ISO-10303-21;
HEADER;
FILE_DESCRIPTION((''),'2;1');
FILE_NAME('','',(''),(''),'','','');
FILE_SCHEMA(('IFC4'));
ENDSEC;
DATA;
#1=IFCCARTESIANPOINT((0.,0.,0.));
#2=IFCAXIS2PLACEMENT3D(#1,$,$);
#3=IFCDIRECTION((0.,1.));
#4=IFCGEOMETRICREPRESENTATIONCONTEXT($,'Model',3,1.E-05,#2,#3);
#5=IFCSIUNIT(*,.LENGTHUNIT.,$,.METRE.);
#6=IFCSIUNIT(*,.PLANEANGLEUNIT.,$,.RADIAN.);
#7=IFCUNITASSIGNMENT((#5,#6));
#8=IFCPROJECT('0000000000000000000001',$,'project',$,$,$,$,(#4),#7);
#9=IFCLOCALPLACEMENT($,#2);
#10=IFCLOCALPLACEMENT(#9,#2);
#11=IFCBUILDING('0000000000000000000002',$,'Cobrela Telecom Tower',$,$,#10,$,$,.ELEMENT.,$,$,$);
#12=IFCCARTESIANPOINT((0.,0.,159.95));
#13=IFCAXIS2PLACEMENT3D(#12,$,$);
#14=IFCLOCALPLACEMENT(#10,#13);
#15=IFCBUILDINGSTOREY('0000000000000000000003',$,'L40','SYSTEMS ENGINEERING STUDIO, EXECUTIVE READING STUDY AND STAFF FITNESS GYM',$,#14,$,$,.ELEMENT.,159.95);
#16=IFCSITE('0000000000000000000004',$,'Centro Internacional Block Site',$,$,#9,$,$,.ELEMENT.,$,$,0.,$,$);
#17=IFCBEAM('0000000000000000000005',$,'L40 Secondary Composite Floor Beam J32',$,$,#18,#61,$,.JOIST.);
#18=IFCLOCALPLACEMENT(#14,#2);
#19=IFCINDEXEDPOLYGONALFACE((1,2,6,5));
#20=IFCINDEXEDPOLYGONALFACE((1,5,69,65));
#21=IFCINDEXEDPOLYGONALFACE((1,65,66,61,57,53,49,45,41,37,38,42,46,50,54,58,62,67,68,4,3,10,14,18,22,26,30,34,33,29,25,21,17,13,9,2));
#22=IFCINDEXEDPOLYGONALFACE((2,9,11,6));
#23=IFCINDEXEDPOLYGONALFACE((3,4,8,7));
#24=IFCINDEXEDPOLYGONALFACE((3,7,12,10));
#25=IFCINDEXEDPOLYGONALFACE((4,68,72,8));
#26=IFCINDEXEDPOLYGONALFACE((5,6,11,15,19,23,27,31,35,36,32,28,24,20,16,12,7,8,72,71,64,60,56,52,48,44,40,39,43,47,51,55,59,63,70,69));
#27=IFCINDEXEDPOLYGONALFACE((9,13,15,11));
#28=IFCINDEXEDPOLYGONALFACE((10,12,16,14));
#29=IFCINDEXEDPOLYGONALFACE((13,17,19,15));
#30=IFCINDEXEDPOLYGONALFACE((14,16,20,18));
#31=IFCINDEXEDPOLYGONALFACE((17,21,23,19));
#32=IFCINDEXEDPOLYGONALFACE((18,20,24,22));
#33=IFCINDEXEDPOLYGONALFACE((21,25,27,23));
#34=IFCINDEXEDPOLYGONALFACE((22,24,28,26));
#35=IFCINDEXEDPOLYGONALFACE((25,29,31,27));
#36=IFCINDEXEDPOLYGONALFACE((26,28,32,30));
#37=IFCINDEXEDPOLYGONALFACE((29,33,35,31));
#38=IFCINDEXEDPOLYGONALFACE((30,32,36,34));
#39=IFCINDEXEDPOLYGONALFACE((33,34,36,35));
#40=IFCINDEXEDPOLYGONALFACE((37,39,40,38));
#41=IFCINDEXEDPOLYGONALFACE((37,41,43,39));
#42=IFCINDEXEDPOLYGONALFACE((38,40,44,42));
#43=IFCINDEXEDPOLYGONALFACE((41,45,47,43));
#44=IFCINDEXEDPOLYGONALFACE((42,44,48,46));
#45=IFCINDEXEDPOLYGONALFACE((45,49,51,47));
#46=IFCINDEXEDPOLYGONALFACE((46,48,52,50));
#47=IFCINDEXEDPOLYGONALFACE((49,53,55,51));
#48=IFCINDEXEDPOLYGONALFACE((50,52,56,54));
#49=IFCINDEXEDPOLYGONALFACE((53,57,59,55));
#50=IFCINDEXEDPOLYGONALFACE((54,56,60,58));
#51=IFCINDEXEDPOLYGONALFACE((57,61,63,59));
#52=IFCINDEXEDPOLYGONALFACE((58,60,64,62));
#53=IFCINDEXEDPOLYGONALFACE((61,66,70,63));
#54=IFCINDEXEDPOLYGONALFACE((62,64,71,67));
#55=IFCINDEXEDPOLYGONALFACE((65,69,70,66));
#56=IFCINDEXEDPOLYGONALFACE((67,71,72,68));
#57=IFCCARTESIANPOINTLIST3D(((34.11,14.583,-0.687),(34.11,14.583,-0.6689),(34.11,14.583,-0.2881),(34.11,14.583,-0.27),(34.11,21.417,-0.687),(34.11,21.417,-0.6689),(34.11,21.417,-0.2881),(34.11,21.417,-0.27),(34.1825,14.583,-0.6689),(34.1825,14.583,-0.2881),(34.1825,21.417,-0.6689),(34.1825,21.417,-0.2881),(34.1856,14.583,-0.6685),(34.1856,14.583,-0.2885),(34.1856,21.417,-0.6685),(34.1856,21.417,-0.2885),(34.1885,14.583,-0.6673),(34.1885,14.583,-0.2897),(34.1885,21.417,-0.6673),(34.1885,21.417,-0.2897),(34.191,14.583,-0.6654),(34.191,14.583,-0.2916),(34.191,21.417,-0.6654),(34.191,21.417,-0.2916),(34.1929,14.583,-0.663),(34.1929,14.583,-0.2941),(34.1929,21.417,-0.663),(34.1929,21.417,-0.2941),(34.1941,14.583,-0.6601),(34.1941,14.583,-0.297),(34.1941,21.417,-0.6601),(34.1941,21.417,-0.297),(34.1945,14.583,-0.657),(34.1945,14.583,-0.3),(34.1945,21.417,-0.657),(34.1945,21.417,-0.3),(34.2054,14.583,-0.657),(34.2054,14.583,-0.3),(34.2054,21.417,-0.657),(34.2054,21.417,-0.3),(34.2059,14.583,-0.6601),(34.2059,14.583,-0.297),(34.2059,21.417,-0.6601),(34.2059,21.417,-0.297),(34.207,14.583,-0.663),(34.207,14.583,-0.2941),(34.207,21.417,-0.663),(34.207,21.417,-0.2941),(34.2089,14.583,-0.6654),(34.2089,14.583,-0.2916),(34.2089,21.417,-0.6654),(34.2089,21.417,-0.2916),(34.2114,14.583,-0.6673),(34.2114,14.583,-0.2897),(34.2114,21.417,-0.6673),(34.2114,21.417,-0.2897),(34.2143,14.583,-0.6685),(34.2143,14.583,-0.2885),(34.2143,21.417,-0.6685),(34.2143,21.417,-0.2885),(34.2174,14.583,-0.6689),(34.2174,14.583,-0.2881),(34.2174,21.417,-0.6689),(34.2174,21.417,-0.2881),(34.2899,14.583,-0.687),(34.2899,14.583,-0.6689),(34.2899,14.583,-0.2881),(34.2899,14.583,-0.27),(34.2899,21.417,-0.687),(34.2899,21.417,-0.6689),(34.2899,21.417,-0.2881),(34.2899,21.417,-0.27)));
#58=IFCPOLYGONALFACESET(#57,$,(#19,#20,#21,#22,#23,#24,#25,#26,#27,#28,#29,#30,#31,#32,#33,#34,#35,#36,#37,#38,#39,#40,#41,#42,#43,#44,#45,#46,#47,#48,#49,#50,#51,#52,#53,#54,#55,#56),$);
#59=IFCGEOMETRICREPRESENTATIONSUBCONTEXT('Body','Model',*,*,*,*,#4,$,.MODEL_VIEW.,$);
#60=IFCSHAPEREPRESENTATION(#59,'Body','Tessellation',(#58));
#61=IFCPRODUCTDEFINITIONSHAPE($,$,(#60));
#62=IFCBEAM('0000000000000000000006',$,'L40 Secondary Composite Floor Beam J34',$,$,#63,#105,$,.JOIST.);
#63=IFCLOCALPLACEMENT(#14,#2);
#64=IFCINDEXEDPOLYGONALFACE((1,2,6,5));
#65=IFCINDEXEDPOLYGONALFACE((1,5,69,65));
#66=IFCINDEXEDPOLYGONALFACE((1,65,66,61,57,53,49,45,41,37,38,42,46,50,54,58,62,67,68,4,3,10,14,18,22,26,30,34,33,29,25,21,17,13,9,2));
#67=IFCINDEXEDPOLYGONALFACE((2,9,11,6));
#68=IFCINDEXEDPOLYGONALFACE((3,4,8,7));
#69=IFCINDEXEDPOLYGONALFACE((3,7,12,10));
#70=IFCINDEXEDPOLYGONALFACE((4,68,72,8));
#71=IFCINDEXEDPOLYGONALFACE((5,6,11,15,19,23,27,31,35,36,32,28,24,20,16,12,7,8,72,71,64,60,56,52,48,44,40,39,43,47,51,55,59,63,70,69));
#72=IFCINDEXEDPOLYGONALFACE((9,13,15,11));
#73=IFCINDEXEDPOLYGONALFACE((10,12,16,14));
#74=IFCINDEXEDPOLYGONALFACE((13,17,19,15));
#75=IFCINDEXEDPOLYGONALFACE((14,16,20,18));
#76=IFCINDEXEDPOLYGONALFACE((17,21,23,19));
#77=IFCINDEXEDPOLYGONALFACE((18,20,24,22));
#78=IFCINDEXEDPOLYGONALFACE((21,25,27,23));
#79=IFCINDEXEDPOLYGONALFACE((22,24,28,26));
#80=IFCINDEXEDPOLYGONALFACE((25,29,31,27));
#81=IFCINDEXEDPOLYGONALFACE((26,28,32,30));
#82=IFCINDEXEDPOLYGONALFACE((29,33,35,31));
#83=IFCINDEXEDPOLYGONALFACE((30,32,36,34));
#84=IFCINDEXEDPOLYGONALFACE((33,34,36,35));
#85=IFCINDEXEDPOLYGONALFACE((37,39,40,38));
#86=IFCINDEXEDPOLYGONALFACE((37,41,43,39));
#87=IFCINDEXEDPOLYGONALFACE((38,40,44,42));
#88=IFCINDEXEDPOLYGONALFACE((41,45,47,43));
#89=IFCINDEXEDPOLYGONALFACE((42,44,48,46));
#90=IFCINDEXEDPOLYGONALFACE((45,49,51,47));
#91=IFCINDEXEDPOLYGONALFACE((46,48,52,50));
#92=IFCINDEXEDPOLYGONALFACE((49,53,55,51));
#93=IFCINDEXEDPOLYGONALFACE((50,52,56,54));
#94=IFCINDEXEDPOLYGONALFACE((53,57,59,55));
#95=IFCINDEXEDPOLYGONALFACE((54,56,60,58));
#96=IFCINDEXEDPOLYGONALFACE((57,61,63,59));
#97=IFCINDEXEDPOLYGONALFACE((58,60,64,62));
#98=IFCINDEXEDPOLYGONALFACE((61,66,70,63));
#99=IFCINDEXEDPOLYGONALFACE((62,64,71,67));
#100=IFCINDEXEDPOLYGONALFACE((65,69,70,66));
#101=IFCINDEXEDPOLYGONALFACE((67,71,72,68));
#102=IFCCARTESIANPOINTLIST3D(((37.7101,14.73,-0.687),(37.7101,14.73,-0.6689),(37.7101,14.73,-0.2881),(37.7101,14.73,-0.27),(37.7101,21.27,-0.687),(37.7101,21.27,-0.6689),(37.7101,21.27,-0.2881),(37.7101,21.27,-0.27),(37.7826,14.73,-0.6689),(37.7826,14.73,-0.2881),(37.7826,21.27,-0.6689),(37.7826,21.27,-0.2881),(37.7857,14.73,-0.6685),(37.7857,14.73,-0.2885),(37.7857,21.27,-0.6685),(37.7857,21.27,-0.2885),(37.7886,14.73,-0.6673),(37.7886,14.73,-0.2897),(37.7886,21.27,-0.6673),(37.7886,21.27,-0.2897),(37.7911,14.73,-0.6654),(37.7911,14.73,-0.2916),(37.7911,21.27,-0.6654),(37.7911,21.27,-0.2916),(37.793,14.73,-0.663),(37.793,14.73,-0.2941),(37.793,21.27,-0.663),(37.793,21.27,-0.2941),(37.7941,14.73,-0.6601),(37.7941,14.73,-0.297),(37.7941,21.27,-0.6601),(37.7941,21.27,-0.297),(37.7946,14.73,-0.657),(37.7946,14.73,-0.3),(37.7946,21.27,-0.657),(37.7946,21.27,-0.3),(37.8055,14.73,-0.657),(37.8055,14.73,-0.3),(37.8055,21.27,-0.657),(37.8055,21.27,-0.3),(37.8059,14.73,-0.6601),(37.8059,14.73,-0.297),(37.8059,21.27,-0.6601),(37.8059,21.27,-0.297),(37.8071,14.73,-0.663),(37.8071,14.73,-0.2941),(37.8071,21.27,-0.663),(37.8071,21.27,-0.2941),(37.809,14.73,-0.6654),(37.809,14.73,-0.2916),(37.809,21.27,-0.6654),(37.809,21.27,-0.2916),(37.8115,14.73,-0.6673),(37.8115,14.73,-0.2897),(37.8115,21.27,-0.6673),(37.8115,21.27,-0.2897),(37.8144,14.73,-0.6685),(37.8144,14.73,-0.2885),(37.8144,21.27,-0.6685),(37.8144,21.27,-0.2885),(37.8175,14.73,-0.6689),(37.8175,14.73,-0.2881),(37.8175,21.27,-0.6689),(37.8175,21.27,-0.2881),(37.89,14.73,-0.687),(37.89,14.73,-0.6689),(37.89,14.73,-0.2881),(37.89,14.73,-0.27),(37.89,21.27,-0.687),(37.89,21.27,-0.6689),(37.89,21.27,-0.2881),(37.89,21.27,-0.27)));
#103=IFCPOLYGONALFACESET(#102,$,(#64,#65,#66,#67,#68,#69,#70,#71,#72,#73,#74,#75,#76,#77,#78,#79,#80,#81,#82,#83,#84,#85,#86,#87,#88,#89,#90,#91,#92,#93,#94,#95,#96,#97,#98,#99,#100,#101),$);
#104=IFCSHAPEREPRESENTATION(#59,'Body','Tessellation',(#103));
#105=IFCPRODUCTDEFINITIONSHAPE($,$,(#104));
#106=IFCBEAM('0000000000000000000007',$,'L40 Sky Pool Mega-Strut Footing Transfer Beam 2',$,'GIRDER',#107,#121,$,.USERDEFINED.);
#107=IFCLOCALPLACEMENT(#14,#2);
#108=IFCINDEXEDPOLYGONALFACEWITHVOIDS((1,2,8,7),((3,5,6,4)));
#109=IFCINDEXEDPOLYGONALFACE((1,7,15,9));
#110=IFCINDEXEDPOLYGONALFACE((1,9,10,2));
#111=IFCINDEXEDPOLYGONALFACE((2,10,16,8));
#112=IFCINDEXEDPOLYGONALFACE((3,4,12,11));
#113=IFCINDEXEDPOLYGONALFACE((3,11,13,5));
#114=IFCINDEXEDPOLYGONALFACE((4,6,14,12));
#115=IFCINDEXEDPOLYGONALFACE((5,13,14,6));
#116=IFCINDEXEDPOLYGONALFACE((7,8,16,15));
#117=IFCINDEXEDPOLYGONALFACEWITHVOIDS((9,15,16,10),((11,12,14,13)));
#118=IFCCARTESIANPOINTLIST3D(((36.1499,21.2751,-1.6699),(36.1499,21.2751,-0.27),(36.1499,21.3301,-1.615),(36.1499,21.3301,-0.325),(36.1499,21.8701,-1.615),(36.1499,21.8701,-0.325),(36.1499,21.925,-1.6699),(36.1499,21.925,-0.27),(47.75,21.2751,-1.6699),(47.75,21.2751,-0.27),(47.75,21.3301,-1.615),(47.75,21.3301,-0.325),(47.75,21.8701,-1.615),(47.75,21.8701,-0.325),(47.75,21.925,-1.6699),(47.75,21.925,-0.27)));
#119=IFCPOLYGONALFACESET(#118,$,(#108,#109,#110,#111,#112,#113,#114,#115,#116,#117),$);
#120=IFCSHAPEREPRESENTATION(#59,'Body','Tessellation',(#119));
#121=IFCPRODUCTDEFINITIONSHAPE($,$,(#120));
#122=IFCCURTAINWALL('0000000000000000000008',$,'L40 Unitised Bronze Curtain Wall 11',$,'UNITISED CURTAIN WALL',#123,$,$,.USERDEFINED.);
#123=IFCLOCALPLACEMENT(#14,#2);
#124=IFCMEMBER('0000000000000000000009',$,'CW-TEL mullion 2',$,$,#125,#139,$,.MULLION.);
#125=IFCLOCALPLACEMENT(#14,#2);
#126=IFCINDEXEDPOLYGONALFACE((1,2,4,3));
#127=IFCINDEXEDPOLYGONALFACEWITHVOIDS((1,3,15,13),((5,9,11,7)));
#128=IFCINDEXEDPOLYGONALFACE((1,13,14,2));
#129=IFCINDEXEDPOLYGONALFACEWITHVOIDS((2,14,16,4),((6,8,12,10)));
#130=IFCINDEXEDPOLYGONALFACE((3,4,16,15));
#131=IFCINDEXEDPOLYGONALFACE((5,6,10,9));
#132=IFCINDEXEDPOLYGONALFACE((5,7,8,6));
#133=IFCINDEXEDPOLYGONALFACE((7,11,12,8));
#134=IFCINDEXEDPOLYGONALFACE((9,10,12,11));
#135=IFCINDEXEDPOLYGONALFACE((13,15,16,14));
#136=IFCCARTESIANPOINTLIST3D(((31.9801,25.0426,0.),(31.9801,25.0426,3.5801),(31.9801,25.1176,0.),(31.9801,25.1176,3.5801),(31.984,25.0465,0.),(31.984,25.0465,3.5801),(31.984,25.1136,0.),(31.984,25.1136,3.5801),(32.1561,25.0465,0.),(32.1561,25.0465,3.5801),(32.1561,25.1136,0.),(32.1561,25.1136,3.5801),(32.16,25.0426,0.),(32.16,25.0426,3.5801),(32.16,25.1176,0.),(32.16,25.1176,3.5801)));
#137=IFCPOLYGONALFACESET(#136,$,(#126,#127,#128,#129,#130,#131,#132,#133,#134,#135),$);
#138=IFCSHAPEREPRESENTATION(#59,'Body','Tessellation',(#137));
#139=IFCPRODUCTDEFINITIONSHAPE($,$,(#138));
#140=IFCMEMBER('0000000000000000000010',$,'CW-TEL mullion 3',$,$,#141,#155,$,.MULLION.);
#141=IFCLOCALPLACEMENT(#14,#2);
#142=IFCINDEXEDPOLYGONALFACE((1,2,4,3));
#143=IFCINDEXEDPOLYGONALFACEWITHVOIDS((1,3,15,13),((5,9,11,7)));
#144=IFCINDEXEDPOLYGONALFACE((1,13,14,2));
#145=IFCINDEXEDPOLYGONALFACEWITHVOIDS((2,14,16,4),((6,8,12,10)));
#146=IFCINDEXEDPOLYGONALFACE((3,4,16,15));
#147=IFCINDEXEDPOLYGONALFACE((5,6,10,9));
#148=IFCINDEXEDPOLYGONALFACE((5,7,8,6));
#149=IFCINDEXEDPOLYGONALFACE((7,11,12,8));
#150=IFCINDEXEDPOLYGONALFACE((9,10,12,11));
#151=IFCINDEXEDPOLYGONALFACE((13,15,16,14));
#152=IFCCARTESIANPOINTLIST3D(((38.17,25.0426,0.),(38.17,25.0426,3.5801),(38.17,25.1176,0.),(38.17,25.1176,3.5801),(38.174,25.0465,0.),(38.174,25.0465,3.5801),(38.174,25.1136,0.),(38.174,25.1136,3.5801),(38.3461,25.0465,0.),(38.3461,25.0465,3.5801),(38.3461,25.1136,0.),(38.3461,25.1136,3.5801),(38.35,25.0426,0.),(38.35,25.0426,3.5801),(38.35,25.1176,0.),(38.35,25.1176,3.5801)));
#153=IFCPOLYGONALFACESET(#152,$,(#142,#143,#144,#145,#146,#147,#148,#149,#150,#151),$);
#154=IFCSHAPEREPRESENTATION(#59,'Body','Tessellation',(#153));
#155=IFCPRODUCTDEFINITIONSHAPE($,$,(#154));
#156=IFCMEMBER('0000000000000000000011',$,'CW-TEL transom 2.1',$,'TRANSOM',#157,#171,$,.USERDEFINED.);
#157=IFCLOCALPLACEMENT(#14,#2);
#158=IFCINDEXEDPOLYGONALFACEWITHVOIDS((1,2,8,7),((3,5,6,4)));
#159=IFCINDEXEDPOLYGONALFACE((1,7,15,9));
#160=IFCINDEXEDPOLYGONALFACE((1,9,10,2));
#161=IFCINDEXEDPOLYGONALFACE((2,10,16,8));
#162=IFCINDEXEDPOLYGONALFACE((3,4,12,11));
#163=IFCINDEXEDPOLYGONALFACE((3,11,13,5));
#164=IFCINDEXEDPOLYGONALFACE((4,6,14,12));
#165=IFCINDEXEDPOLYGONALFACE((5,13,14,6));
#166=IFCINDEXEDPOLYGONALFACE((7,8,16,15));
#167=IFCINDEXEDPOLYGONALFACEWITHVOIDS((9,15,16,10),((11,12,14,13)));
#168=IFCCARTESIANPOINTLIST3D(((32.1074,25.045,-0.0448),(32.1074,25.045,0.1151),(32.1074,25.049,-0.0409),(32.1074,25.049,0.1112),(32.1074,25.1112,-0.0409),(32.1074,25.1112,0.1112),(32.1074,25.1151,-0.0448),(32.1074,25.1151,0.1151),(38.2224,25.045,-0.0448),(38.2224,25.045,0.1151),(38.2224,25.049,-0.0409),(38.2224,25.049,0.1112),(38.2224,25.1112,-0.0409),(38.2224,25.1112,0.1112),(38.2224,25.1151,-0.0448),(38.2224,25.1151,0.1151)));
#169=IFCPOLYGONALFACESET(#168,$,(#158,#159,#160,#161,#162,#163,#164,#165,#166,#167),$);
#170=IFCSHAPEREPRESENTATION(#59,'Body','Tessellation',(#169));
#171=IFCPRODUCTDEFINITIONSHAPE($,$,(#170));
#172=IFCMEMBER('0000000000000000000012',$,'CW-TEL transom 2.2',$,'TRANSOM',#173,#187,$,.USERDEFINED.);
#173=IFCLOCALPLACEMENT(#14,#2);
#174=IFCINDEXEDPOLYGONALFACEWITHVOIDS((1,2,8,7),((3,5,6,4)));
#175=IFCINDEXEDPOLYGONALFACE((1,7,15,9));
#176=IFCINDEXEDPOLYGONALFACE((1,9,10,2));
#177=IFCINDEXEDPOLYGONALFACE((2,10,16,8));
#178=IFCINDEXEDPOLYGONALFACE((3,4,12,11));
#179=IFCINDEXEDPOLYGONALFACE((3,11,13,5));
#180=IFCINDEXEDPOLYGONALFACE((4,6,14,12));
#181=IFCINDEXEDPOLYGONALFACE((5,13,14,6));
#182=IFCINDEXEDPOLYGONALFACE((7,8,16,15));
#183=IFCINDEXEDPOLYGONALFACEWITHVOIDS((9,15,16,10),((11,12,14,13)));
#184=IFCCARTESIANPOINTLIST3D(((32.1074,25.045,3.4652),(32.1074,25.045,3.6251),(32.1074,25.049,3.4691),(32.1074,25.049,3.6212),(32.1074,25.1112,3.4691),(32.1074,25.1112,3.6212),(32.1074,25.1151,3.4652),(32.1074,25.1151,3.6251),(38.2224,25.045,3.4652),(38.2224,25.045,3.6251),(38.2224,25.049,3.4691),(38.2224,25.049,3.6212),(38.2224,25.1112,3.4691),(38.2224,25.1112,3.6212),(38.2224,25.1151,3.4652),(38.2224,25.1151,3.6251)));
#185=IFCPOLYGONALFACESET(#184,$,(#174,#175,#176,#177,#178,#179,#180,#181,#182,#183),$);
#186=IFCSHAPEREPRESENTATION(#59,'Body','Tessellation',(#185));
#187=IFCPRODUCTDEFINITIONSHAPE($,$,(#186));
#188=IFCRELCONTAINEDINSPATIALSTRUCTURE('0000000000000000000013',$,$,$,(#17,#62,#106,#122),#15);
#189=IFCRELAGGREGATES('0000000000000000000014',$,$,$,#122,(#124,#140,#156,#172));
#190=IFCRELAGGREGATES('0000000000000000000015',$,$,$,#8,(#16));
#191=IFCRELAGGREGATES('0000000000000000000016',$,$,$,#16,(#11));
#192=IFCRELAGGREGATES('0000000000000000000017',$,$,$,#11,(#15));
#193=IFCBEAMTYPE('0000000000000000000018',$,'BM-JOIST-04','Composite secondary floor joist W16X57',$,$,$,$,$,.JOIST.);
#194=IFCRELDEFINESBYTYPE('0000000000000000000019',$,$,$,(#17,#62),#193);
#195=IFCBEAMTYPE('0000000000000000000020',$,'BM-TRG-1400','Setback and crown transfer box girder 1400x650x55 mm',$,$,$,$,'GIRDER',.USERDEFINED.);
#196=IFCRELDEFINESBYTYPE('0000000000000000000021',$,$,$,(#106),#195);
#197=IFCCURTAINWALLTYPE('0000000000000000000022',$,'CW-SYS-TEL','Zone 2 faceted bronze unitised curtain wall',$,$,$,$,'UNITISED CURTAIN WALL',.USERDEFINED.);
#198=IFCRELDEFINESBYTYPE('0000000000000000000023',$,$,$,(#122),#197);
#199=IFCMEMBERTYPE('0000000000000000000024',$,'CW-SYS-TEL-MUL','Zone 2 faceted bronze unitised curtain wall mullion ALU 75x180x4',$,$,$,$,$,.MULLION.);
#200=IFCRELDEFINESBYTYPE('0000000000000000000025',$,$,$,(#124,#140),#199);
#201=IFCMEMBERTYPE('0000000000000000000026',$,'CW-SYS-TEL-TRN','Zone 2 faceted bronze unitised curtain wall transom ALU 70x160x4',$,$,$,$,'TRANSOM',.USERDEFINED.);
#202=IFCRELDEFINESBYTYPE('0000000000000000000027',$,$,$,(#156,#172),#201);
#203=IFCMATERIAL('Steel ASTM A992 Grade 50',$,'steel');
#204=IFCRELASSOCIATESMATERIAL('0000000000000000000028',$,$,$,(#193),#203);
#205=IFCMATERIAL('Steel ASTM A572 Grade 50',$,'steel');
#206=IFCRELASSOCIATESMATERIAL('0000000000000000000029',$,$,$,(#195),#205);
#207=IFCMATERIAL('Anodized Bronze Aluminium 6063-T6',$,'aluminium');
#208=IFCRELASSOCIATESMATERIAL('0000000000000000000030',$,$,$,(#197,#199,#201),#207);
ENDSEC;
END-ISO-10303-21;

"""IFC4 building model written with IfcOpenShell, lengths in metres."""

from ifc_helpers import new_model, si_unit, direction, frame, origin, origin_2d, place, context, subcontext, project, spatial, hollow_rectangle, i_section, extrude, material, material_profile, profile_set, type_object, element, aggregate, save


model = new_model("IFC4")

# Units and contexts
model_context = context("Model", 3, precision=1e-05, world=origin(), true_north=direction((0.0, 1.0)))
body_context = subcontext(model_context, "Body", "Model", "MODEL_VIEW")
ifc_project = project(units=[si_unit("LENGTHUNIT", "METRE"), si_unit("PLANEANGLEUNIT", "RADIAN")], contexts=[model_context])

# Site, building, storey
site_placement = place(None, origin())
site = spatial("IfcSite", under=ifc_project, at=site_placement, Name="Centro Internacional Block Site", CompositionType="ELEMENT", RefElevation=0.0)
building_placement = place(site_placement, origin())
building = spatial("IfcBuilding", under=site, at=building_placement, Name="Cobrela Telecom Tower", CompositionType="ELEMENT")
storey_placement = place(building_placement, frame((0.0, 0.0, 159.95)))
storey = spatial("IfcBuildingStorey", under=building, at=storey_placement, Name="L40", Description="SYSTEMS ENGINEERING STUDIO, EXECUTIVE READING STUDY AND STAFF FITNESS GYM", CompositionType="ELEMENT", Elevation=159.95)

# Shared definitions
ifc_material_1 = material(Name="Steel ASTM A992 Grade 50", Category="steel")

# Beams
ifc_material_profile_1 = material_profile(ifc_material_1, i_section(OverallWidth=0.1799, OverallDepth=0.417, WebThickness=0.011, FlangeThickness=0.0181, FilletRadius=0.012, at=origin_2d()), Name="W16X57")
ifc_profile_set_1 = profile_set([ifc_material_profile_1], Name="Steel ASTM A992 Grade 50")
beam_type_1 = type_object("IfcBeamType", Name="BM-JOIST-04", Description="Composite secondary floor joist W16X57", PredefinedType="JOIST", material=ifc_profile_set_1)
for number, where, z_axis, x_axis, name in (
    (1, (34.2, 14.583, -0.4785), (0.0, 1.0, 0.0), (-1.0, 0.0, 0.0), "L40 Secondary Composite Floor Beam J32"),
):
    element("IfcBeam", number, at=place(storey_placement, frame(where, z_axis=z_axis, x_axis=x_axis)), inside=storey, type_object=beam_type_1, Name=name, PredefinedType="JOIST", context=body_context, shape_type="SweptSolid", body=[
        extrude(i_section(OverallWidth=0.1799, OverallDepth=0.417, WebThickness=0.011, FlangeThickness=0.0181, FilletRadius=0.012, at=origin_2d()), origin(), (0.0, 0.0, 1.0), 6.834),
    ])
beam_1_placement = place(storey_placement, frame((37.8, 14.73, -0.4785), z_axis=(0.0, 1.0, 0.0), x_axis=(-1.0, 0.0, 0.0)))
element("IfcBeam", 2, at=beam_1_placement, inside=storey, type_object=beam_type_1, Name="L40 Secondary Composite Floor Beam J34", PredefinedType="JOIST", context=body_context, shape_type="SweptSolid", body=[
    extrude(i_section(OverallWidth=0.1799, OverallDepth=0.417, WebThickness=0.011, FlangeThickness=0.0181, FilletRadius=0.012, at=origin_2d()), origin(), (0.0, 0.0, 1.0), 6.54),
])
ifc_material_2 = material(Name="Steel ASTM A572 Grade 50", Category="steel")
ifc_material_profile_2 = material_profile(ifc_material_2, hollow_rectangle(XDim=0.6499, YDim=1.3999, WallThickness=0.0549, at=origin_2d()), Name="BOX 1400x650x55")
ifc_profile_set_2 = profile_set([ifc_material_profile_2], Name="Steel ASTM A572 Grade 50")
beam_type_2 = type_object("IfcBeamType", Name="BM-TRG-1400", Description="Setback and crown transfer box girder 1400x650x55 mm", ElementType="GIRDER", PredefinedType="USERDEFINED", material=ifc_profile_set_2)
beam_2_placement = place(storey_placement, frame((36.1499, 21.6001, -0.97), z_axis=(1.0, 0.0, 0.0), x_axis=(0.0, 1.0, 0.0)))
element("IfcBeam", 3, at=beam_2_placement, inside=storey, type_object=beam_type_2, Name="L40 Sky Pool Mega-Strut Footing Transfer Beam 2", ObjectType="GIRDER", PredefinedType="USERDEFINED", context=body_context, shape_type="SweptSolid", body=[
    extrude(hollow_rectangle(XDim=0.6499, YDim=1.3999, WallThickness=0.0549, at=origin_2d()), origin(), (0.0, 0.0, 1.0), 11.6001),
])

# Curtain wall, members
ifc_material_3 = material(Name="Anodized Bronze Aluminium 6063-T6", Category="aluminium")
curtain_wall_type = type_object("IfcCurtainWallType", Name="CW-SYS-TEL", Description="Zone 2 faceted bronze unitised curtain wall", ElementType="UNITISED CURTAIN WALL", PredefinedType="USERDEFINED", material=ifc_material_3)
curtain_wall_placement = place(storey_placement, origin())
curtain_wall = element("IfcCurtainWall", 4, at=curtain_wall_placement, inside=storey, type_object=curtain_wall_type, Name="L40 Unitised Bronze Curtain Wall 11", ObjectType="UNITISED CURTAIN WALL", PredefinedType="USERDEFINED")
ifc_material_profile_3 = material_profile(ifc_material_3, hollow_rectangle(XDim=0.075, YDim=0.1799, WallThickness=0.0039, at=origin_2d()), Name="ALU 75x180x4")
ifc_profile_set_3 = profile_set([ifc_material_profile_3], Name="Anodized Bronze Aluminium 6063-T6")
member_type_1 = type_object("IfcMemberType", Name="CW-SYS-TEL-MUL", Description="Zone 2 faceted bronze unitised curtain wall mullion ALU 75x180x4", PredefinedType="MULLION", material=ifc_profile_set_3)
member_1_placement = place(storey_placement, frame((32.0701, 25.0801, 0.0), z_axis=(0.0, 0.0, 1.0), x_axis=(0.0, 1.0, 0.0)))
member_1 = element("IfcMember", 5, at=member_1_placement, type_object=member_type_1, Name="CW-TEL mullion 2", PredefinedType="MULLION", context=body_context, shape_type="SweptSolid", body=[
    extrude(hollow_rectangle(XDim=0.075, YDim=0.1799, WallThickness=0.0039, at=origin_2d()), origin(), (0.0, 0.0, 1.0), 3.5801),
])
member_2_placement = place(storey_placement, frame((38.26, 25.0801, 0.0), z_axis=(0.0, 0.0, 1.0), x_axis=(0.0, 1.0, 0.0)))
member_2 = element("IfcMember", 6, at=member_2_placement, type_object=member_type_1, Name="CW-TEL mullion 3", PredefinedType="MULLION", context=body_context, shape_type="SweptSolid", body=[
    extrude(hollow_rectangle(XDim=0.075, YDim=0.1799, WallThickness=0.0039, at=origin_2d()), origin(), (0.0, 0.0, 1.0), 3.5801),
])
ifc_material_profile_4 = material_profile(ifc_material_3, hollow_rectangle(XDim=0.0701, YDim=0.1599, WallThickness=0.0039, at=origin_2d()), Name="ALU 70x160x4")
ifc_profile_set_4 = profile_set([ifc_material_profile_4], Name="Anodized Bronze Aluminium 6063-T6")
member_type_2 = type_object("IfcMemberType", Name="CW-SYS-TEL-TRN", Description="Zone 2 faceted bronze unitised curtain wall transom ALU 70x160x4", ElementType="TRANSOM", PredefinedType="USERDEFINED", material=ifc_profile_set_4)
member_3_placement = place(storey_placement, frame((32.1074, 25.0801, 0.0352), z_axis=(1.0, 0.0, 0.0), x_axis=(0.0, 1.0, 0.0)))
member_3 = element("IfcMember", 7, at=member_3_placement, type_object=member_type_2, Name="CW-TEL transom 2.1", ObjectType="TRANSOM", PredefinedType="USERDEFINED", context=body_context, shape_type="SweptSolid", body=[
    extrude(hollow_rectangle(XDim=0.0701, YDim=0.1599, WallThickness=0.0039, at=origin_2d()), origin(), (0.0, 0.0, 1.0), 6.115),
])
member_4_placement = place(storey_placement, frame((32.1074, 25.0801, 3.5452), z_axis=(1.0, 0.0, 0.0), x_axis=(0.0, 1.0, 0.0)))
member_4 = element("IfcMember", 8, at=member_4_placement, type_object=member_type_2, Name="CW-TEL transom 2.2", ObjectType="TRANSOM", PredefinedType="USERDEFINED", context=body_context, shape_type="SweptSolid", body=[
    extrude(hollow_rectangle(XDim=0.0701, YDim=0.1599, WallThickness=0.0039, at=origin_2d()), origin(), (0.0, 0.0, 1.0), 6.115),
])
aggregate(curtain_wall, [member_1, member_2, member_3, member_4])

save(model, "model.ifc")
